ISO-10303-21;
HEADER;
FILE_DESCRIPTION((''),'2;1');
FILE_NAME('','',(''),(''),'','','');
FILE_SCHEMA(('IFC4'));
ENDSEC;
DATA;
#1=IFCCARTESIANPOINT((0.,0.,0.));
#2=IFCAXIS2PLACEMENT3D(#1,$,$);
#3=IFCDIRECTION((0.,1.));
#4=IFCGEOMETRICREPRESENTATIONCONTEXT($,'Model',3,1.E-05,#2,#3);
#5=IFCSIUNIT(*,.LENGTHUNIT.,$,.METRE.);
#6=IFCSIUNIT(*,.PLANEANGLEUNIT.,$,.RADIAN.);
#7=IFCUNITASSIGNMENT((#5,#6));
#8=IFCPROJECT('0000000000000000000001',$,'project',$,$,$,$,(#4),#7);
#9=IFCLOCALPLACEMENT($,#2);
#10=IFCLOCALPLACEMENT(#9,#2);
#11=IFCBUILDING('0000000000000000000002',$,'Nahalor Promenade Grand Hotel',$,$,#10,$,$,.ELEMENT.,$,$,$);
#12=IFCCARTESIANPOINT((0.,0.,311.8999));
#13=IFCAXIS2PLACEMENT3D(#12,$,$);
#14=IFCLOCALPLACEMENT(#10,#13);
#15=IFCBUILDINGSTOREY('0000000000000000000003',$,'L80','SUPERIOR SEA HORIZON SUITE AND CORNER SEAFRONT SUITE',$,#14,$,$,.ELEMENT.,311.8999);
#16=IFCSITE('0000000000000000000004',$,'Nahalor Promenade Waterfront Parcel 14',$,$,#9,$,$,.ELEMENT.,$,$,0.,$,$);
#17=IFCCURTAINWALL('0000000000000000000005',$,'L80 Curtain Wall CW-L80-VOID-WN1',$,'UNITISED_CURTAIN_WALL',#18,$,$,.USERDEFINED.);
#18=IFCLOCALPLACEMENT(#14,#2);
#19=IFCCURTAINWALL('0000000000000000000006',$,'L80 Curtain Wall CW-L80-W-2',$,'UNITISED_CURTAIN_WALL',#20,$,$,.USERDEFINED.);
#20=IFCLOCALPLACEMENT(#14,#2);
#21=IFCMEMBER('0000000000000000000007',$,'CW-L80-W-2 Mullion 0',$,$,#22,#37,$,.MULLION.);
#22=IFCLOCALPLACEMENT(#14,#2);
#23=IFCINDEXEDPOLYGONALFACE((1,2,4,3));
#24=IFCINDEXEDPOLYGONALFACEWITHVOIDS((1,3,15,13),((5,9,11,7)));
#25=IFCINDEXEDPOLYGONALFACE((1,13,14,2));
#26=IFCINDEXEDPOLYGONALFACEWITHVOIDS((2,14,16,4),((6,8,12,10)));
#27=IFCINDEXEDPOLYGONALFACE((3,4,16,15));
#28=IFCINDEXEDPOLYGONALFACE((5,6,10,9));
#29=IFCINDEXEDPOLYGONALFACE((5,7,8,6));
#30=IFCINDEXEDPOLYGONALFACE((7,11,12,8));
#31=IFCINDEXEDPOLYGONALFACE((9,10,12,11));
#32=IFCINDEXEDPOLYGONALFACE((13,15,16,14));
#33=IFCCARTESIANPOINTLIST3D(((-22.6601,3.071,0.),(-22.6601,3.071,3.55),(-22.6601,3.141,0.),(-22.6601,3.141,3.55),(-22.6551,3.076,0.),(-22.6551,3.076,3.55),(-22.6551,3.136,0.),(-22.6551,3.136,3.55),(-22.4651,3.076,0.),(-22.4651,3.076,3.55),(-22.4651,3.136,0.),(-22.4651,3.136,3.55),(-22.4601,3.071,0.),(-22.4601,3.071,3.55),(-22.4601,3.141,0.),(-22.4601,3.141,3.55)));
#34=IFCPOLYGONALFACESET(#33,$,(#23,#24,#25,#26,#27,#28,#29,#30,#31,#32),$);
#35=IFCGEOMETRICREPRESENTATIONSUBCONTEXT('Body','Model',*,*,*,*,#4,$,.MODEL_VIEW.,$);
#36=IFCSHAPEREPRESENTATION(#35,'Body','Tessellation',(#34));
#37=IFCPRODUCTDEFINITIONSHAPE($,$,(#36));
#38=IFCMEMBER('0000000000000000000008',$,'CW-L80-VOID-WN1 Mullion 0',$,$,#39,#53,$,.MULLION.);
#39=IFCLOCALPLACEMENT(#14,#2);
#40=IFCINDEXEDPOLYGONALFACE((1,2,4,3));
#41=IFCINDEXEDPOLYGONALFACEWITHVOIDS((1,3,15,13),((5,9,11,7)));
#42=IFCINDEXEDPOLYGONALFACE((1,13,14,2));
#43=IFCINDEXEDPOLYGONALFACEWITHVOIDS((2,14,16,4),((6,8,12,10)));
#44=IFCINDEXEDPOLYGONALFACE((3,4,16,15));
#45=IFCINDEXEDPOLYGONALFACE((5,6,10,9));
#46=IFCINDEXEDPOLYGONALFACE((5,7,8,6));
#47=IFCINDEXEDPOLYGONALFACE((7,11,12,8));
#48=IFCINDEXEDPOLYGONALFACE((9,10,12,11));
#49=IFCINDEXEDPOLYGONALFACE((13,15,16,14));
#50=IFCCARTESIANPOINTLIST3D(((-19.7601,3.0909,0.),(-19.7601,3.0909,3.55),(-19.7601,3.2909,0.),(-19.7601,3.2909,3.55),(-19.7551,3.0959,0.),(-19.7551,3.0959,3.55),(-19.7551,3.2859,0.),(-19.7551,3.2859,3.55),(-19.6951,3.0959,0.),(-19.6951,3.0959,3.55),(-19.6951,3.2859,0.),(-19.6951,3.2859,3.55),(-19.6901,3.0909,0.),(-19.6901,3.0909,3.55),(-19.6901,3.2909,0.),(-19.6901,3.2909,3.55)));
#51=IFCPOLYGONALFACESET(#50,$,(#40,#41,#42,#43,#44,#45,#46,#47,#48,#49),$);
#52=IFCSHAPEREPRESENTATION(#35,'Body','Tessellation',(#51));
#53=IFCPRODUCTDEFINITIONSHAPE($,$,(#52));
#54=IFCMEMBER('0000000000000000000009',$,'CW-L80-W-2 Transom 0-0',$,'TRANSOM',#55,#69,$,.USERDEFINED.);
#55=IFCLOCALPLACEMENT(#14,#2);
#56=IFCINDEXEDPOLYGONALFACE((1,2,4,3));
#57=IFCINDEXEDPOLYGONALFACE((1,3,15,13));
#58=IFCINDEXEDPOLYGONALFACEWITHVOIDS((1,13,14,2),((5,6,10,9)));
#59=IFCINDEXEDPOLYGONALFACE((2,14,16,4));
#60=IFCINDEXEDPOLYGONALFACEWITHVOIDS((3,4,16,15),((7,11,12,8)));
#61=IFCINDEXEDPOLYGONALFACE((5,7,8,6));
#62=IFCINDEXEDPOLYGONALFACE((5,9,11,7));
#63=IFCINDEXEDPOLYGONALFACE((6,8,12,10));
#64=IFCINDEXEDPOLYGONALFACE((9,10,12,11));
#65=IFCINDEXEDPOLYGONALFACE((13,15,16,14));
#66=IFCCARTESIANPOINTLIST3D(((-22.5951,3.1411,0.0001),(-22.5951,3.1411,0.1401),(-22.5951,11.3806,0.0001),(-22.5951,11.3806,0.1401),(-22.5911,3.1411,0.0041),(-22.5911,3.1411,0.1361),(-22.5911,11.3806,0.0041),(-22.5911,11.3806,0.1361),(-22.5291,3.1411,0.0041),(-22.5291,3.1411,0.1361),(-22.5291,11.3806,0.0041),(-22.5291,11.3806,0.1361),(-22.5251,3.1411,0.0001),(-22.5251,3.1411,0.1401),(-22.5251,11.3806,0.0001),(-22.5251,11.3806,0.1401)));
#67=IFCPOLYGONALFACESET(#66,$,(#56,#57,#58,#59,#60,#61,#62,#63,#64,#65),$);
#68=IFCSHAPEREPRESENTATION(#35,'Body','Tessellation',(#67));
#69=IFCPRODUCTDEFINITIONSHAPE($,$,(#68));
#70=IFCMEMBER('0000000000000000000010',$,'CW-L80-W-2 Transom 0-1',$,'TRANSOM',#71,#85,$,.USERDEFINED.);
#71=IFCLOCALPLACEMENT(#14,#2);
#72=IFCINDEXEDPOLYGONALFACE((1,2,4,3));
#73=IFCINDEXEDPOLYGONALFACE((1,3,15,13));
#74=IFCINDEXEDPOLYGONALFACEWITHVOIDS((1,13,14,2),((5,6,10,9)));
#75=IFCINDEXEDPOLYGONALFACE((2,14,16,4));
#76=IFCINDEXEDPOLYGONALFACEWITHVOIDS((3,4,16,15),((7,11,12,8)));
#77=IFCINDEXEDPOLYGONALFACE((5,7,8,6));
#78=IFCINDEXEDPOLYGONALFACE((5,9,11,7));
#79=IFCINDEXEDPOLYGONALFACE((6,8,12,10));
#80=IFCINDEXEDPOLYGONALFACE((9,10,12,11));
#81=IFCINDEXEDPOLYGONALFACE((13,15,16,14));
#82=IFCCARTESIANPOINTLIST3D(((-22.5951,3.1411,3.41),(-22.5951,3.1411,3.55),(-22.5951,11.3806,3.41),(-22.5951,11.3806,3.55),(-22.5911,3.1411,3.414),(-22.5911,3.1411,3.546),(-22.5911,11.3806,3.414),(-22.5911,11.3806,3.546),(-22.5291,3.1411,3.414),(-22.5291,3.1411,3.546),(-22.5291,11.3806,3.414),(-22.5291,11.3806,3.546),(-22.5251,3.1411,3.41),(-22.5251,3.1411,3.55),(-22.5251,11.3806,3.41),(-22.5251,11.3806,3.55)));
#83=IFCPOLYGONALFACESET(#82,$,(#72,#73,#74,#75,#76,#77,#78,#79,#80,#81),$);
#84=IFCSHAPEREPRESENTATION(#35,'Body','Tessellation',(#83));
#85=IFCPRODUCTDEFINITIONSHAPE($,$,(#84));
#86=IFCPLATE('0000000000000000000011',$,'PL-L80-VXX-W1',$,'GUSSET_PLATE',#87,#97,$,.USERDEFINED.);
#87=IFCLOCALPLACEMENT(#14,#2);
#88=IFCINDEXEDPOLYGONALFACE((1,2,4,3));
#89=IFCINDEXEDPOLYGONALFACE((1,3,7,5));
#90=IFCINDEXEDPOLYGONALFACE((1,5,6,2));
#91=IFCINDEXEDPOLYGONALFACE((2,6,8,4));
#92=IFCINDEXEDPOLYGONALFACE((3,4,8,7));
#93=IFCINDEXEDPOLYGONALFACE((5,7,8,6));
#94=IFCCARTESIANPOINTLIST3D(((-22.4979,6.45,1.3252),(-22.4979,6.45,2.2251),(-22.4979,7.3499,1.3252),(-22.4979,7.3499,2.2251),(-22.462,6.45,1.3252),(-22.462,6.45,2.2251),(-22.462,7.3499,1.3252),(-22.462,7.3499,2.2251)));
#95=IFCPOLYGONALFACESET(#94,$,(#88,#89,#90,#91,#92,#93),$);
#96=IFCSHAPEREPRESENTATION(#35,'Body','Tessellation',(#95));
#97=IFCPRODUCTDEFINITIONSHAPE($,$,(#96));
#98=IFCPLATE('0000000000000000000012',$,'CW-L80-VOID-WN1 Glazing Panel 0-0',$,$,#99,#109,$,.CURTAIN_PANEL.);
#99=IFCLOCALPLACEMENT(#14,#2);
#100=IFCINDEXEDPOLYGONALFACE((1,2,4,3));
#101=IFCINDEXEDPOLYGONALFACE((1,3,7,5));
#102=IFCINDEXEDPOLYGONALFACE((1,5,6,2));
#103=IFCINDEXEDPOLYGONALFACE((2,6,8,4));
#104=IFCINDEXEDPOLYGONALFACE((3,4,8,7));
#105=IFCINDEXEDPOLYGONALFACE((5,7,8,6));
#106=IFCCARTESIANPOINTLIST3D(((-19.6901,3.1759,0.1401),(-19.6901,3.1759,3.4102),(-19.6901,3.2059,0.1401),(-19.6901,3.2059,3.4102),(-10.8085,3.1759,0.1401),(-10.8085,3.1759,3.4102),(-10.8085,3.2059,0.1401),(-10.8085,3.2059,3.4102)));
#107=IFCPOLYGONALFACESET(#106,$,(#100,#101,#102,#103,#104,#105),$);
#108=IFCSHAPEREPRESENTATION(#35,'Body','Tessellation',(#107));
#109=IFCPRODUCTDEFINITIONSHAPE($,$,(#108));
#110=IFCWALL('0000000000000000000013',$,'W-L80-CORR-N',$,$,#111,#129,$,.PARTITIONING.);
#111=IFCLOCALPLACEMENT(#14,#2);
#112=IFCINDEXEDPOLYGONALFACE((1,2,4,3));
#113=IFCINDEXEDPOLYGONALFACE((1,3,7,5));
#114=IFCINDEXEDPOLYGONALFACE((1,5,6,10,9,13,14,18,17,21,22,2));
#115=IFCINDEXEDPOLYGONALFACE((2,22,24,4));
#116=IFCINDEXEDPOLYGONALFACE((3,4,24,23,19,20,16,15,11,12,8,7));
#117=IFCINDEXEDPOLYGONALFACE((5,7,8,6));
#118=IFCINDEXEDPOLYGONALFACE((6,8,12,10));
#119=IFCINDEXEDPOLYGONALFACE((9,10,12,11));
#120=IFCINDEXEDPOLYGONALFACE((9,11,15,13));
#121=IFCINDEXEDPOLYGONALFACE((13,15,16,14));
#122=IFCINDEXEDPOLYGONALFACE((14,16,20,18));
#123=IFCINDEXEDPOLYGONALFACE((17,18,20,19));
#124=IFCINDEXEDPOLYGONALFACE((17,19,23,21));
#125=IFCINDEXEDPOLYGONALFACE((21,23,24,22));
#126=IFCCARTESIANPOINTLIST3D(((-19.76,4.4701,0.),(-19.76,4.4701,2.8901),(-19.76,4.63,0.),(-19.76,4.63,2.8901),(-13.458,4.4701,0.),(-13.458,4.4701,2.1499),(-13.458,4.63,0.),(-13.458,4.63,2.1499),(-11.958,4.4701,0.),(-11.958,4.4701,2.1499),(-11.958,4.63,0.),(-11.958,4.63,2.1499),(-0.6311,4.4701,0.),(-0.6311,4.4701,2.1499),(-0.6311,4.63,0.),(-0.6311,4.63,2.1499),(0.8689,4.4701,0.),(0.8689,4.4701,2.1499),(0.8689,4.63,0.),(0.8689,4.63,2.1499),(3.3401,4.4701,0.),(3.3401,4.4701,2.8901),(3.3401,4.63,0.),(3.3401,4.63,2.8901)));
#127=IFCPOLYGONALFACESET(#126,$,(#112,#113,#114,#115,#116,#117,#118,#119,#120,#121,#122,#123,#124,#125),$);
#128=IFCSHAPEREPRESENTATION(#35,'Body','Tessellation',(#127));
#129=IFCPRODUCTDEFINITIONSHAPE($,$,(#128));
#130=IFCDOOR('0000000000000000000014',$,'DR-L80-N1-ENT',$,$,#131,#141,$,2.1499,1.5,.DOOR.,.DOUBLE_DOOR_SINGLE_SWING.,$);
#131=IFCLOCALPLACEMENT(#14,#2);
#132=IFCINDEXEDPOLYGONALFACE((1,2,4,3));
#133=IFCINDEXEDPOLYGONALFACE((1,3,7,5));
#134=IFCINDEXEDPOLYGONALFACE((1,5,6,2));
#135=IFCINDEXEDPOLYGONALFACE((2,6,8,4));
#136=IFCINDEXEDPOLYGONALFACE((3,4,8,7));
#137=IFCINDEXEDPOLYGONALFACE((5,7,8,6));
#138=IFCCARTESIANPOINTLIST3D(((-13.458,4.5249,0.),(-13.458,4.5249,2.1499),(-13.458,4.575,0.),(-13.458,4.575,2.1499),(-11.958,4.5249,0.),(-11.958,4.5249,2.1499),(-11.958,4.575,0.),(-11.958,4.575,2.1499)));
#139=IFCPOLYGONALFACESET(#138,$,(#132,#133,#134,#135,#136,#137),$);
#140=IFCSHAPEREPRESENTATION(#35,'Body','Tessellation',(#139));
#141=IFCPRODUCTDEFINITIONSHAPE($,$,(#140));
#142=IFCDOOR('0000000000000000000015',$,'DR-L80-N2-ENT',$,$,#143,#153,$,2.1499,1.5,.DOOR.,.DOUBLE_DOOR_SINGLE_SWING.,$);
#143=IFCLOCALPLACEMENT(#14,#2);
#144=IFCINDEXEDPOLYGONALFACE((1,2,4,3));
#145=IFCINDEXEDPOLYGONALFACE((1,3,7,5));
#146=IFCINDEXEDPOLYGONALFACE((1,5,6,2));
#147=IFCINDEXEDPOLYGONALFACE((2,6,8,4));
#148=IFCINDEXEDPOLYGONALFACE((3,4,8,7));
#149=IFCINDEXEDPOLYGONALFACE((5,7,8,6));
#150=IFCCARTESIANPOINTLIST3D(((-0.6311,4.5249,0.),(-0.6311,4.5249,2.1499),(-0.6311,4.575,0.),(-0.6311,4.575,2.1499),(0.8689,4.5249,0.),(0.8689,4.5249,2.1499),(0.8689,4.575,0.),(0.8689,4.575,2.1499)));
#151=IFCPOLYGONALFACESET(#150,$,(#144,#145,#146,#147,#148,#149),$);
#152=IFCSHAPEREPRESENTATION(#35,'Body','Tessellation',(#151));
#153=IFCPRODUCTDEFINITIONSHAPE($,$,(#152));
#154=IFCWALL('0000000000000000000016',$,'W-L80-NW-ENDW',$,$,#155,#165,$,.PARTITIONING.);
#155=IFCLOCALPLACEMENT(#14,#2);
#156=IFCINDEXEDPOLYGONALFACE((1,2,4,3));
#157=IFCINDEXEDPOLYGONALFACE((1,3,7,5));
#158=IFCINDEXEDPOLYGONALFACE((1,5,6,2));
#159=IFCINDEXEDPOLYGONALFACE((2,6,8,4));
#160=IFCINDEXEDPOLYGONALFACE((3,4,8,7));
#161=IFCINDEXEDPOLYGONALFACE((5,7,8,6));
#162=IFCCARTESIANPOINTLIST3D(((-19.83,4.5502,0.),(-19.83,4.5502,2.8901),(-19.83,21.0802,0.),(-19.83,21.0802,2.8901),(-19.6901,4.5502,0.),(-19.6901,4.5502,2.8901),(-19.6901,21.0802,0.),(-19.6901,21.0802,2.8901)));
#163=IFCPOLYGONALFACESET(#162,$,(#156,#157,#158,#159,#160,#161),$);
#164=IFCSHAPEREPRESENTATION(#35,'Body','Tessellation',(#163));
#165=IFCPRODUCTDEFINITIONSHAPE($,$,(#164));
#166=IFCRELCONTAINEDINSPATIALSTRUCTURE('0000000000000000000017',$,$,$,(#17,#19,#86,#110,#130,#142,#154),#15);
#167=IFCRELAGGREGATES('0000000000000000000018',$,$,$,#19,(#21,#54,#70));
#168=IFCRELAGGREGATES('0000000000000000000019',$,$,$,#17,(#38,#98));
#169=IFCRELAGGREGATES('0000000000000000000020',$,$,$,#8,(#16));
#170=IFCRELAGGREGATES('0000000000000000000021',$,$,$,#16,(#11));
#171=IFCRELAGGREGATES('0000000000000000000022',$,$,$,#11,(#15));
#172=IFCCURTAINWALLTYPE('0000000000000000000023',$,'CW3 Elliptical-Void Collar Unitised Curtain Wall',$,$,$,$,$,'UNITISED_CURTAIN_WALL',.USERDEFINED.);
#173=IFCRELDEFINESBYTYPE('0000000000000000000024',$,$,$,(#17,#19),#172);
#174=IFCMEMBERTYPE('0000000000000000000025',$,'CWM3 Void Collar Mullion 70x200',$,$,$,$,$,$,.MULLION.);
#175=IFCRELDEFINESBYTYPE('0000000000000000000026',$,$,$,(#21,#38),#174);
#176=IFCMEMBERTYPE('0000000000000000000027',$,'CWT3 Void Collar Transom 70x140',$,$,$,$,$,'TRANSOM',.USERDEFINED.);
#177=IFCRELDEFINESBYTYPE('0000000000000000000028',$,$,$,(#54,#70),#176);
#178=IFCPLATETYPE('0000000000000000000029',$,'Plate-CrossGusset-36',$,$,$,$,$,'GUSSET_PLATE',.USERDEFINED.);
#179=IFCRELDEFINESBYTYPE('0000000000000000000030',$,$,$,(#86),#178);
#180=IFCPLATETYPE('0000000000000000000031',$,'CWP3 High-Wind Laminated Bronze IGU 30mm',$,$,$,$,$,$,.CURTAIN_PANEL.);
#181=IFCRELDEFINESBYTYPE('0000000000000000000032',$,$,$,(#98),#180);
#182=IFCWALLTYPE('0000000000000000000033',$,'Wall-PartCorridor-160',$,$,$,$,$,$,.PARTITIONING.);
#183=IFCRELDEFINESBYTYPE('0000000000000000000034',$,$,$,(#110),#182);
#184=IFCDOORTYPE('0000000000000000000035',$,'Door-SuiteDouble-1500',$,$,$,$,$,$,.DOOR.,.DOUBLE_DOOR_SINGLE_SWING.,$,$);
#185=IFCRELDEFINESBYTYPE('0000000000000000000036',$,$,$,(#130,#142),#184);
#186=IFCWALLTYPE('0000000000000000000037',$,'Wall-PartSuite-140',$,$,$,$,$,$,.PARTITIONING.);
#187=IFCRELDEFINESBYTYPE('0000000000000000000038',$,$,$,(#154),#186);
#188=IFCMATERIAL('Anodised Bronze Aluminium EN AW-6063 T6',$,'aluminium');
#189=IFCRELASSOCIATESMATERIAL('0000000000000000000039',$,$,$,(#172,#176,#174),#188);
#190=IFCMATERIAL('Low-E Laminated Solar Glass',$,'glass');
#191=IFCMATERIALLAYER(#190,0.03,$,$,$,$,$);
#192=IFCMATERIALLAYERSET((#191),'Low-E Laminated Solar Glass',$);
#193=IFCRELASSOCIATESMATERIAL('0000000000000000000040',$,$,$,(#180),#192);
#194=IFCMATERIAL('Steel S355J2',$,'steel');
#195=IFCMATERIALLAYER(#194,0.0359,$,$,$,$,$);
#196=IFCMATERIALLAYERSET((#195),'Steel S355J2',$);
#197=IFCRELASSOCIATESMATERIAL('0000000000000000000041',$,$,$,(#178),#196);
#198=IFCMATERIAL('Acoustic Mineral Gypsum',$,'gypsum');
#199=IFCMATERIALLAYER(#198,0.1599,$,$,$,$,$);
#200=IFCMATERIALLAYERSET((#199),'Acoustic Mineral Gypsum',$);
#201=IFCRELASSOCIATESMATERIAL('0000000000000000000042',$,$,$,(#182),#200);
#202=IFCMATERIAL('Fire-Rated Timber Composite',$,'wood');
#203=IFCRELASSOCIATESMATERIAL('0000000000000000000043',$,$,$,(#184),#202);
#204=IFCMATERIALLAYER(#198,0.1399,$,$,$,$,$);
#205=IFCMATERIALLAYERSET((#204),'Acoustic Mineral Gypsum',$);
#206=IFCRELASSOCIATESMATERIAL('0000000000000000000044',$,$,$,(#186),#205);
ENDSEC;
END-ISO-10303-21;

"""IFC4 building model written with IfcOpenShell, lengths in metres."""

from ifc_helpers import new_model, si_unit, direction, frame, frame_2d, origin, origin_2d, place, context, subcontext, project, spatial, rectangle, hollow_rectangle, extrude, source, transform, mapped, material, layer, layer_set, material_profile, profile_set, type_object, element, fill, aggregate, save


model = new_model("IFC4")

# Units and contexts
model_context = context("Model", 3, precision=1e-05, world=origin(), true_north=direction((0.0, 1.0)))
body_context = subcontext(model_context, "Body", "Model", "MODEL_VIEW")
ifc_project = project(units=[si_unit("LENGTHUNIT", "METRE"), si_unit("PLANEANGLEUNIT", "RADIAN")], contexts=[model_context])

# Site, building, storey
site_placement = place(None, origin())
site = spatial("IfcSite", under=ifc_project, at=site_placement, Name="Nahalor Promenade Waterfront Parcel 14", CompositionType="ELEMENT", RefElevation=0.0)
building_placement = place(site_placement, origin())
building = spatial("IfcBuilding", under=site, at=building_placement, Name="Nahalor Promenade Grand Hotel", CompositionType="ELEMENT")
storey_placement = place(building_placement, frame((0.0, 0.0, 311.8999)))
storey = spatial("IfcBuildingStorey", under=building, at=storey_placement, Name="L80", Description="SUPERIOR SEA HORIZON SUITE AND CORNER SEAFRONT SUITE", CompositionType="ELEMENT", Elevation=311.8999)

# Curtain wall
ifc_material_1 = material(Name="Anodised Bronze Aluminium EN AW-6063 T6", Category="aluminium")
curtain_wall_type = type_object("IfcCurtainWallType", Name="CW3 Elliptical-Void Collar Unitised Curtain Wall", ElementType="UNITISED_CURTAIN_WALL", PredefinedType="USERDEFINED", material=ifc_material_1)
curtain_wall_1_placement = place(storey_placement, origin())
curtain_wall_1 = element("IfcCurtainWall", 1, at=curtain_wall_1_placement, inside=storey, type_object=curtain_wall_type, Name="L80 Curtain Wall CW-L80-VOID-WN1", ObjectType="UNITISED_CURTAIN_WALL", PredefinedType="USERDEFINED")
ifc_material_profile_1 = material_profile(ifc_material_1, hollow_rectangle(XDim=0.07, YDim=0.14, WallThickness=0.004, at=origin_2d()), Name="CWT 70x140x4")
ifc_profile_set_1 = profile_set([ifc_material_profile_1], Name="Anodised Bronze Aluminium EN AW-6063 T6")
member_type_1 = type_object("IfcMemberType", Name="CWT3 Void Collar Transom 70x140", ElementType="TRANSOM", PredefinedType="USERDEFINED", material=ifc_profile_set_1)

# Curtain wall, member
ifc_material_profile_2 = material_profile(ifc_material_1, hollow_rectangle(XDim=0.07, YDim=0.2, WallThickness=0.005, at=origin_2d()), Name="CWM 70x200x5")
ifc_profile_set_2 = profile_set([ifc_material_profile_2], Name="Anodised Bronze Aluminium EN AW-6063 T6")
member_type_2 = type_object("IfcMemberType", Name="CWM3 Void Collar Mullion 70x200", PredefinedType="MULLION", material=ifc_profile_set_2)
shared_shape_1 = source(origin(), body_context, "Body", "SweptSolid", [
    extrude(hollow_rectangle(XDim=0.07, YDim=0.2, WallThickness=0.005, at=origin_2d()), origin(), (0.0, 0.0, 1.0), 3.55),
])
curtain_wall_2_placement = place(storey_placement, origin())
curtain_wall_2 = element("IfcCurtainWall", 2, at=curtain_wall_2_placement, inside=storey, type_object=curtain_wall_type, Name="L80 Curtain Wall CW-L80-W-2", ObjectType="UNITISED_CURTAIN_WALL", PredefinedType="USERDEFINED")
member_1_placement = place(storey_placement, frame((-22.5601, 3.106, 0.0), z_axis=(0.0, 0.0, 1.0), x_axis=(0.0, 1.0, 0.0)))
member_1 = element("IfcMember", 3, at=member_1_placement, type_object=member_type_2, Name="CW-L80-W-2 Mullion 0", PredefinedType="MULLION", context=body_context, shape_type="MappedRepresentation", body=[
    mapped(shared_shape_1, transform((0.0, 0.0, 0.0), scale=1.0)),
])

# Members
member_2_placement = place(storey_placement, frame((-19.7251, 3.1909, 0.0), z_axis=(0.0, 0.0, 1.0), x_axis=(1.0, 0.0, 0.0)))
member_2 = element("IfcMember", 4, at=member_2_placement, type_object=member_type_2, Name="CW-L80-VOID-WN1 Mullion 0", PredefinedType="MULLION", context=body_context, shape_type="MappedRepresentation", body=[
    mapped(shared_shape_1, transform((0.0, 0.0, 0.0), scale=1.0)),
])
shared_shape_2 = source(origin(), body_context, "Body", "SweptSolid", [
    extrude(hollow_rectangle(XDim=0.07, YDim=0.14, WallThickness=0.004, at=origin_2d()), origin(), (0.0, 0.0, 1.0), 8.2395),
])
member_3_placement = place(storey_placement, frame((-22.5601, 3.1411, 0.0701), z_axis=(0.0, 1.0, 0.0), x_axis=(-1.0, 0.0, 0.0)))
member_3 = element("IfcMember", 5, at=member_3_placement, type_object=member_type_1, Name="CW-L80-W-2 Transom 0-0", ObjectType="TRANSOM", PredefinedType="USERDEFINED", context=body_context, shape_type="MappedRepresentation", body=[
    mapped(shared_shape_2, transform((0.0, 0.0, 0.0), scale=1.0)),
])
member_4_placement = place(storey_placement, frame((-22.5601, 3.1411, 3.48), z_axis=(0.0, 1.0, 0.0), x_axis=(-1.0, 0.0, 0.0)))
member_4 = element("IfcMember", 6, at=member_4_placement, type_object=member_type_1, Name="CW-L80-W-2 Transom 0-1", ObjectType="TRANSOM", PredefinedType="USERDEFINED", context=body_context, shape_type="MappedRepresentation", body=[
    mapped(shared_shape_2, transform((0.0, 0.0, 0.0), scale=1.0)),
])

# Plates
ifc_material_2 = material(Name="Low-E Laminated Solar Glass", Category="glass")
ifc_layer_1 = layer(ifc_material_2, 0.03)
ifc_layer_set_1 = layer_set([ifc_layer_1], Name="Low-E Laminated Solar Glass")
plate_type_1 = type_object("IfcPlateType", Name="CWP3 High-Wind Laminated Bronze IGU 30mm", PredefinedType="CURTAIN_PANEL", material=ifc_layer_set_1)
aggregate(curtain_wall_2, [member_1, member_3, member_4])
ifc_material_3 = material(Name="Steel S355J2", Category="steel")
ifc_layer_2 = layer(ifc_material_3, 0.0359)
ifc_layer_set_2 = layer_set([ifc_layer_2], Name="Steel S355J2")
plate_type_2 = type_object("IfcPlateType", Name="Plate-CrossGusset-36", ElementType="GUSSET_PLATE", PredefinedType="USERDEFINED", material=ifc_layer_set_2)
shared_shape_3 = source(origin(), body_context, "Body", "SweptSolid", [
    extrude(rectangle(XDim=0.8999, YDim=0.0359, at=origin_2d()), origin(), (0.0, 0.0, 1.0), 0.8999),
])
plate_1_placement = place(storey_placement, frame((-22.48, 6.8999, 1.3252), z_axis=(0.0, 0.0, 1.0), x_axis=(0.0, 1.0, 0.0)))
element("IfcPlate", 7, at=plate_1_placement, inside=storey, type_object=plate_type_2, Name="PL-L80-VXX-W1", ObjectType="GUSSET_PLATE", PredefinedType="USERDEFINED", context=body_context, shape_type="MappedRepresentation", body=[
    mapped(shared_shape_3, transform((0.0, 0.0, 0.0), scale=1.0)),
])
shared_shape_4 = source(origin(), body_context, "Body", "SweptSolid", [
    extrude(rectangle(XDim=8.8816, YDim=0.03, at=origin_2d()), origin(), (0.0, 0.0, 1.0), 3.27),
])
plate_2_placement = place(storey_placement, frame((-15.2493, 3.1909, 0.1401), z_axis=(0.0, 0.0, 1.0), x_axis=(1.0, 0.0, 0.0)))
plate_2 = element("IfcPlate", 8, at=plate_2_placement, type_object=plate_type_1, Name="CW-L80-VOID-WN1 Glazing Panel 0-0", PredefinedType="CURTAIN_PANEL", context=body_context, shape_type="MappedRepresentation", body=[
    mapped(shared_shape_4, transform((0.0, 0.0, 0.0), scale=1.0)),
])
aggregate(curtain_wall_1, [member_2, plate_2])

# Wall, openings, doors
ifc_material_4 = material(Name="Acoustic Mineral Gypsum", Category="gypsum")
ifc_layer_3 = layer(ifc_material_4, 0.1599)
ifc_layer_set_3 = layer_set([ifc_layer_3], Name="Acoustic Mineral Gypsum")
wall_type_1 = type_object("IfcWallType", Name="Wall-PartCorridor-160", PredefinedType="PARTITIONING", material=ifc_layer_set_3)
shared_shape_5 = source(origin(), body_context, "Body", "SweptSolid", [
    extrude(rectangle(XDim=23.1001, YDim=0.1599, at=frame_2d((11.55, 0.0))), origin(), (0.0, 0.0, 1.0), 2.8901),
])
wall_1_placement = place(storey_placement, frame((-19.76, 4.55, 0.0), z_axis=(0.0, 0.0, 1.0), x_axis=(1.0, 0.0, 0.0)))
wall_1 = element("IfcWall", 9, at=wall_1_placement, inside=storey, type_object=wall_type_1, Name="W-L80-CORR-N", PredefinedType="PARTITIONING", context=body_context, shape_type="MappedRepresentation", body=[
    mapped(shared_shape_5, transform((0.0, 0.0, 0.0), scale=1.0)),
])
opening_1_placement = place(wall_1_placement, frame((6.302, 0.0, 0.0)))
opening_1 = element("IfcOpeningElement", 10, at=opening_1_placement, cuts=wall_1, PredefinedType="OPENING", context=body_context, shape_type="SweptSolid", body=[
    extrude(rectangle(XDim=1.5, YDim=2.1499, at=frame_2d((0.75, 1.075))), frame((0.0, 0.0898, 0.0), z_axis=(0.0, -1.0, 0.0), x_axis=(1.0, 0.0, 0.0)), (0.0, 0.0, 1.0), 0.1799),
])
opening_2_placement = place(wall_1_placement, frame((19.1289, 0.0, 0.0)))
opening_2 = element("IfcOpeningElement", 11, at=opening_2_placement, cuts=wall_1, PredefinedType="OPENING", context=body_context, shape_type="SweptSolid", body=[
    extrude(rectangle(XDim=1.5, YDim=2.1499, at=frame_2d((0.75, 1.075))), frame((0.0, 0.0898, 0.0), z_axis=(0.0, -1.0, 0.0), x_axis=(1.0, 0.0, 0.0)), (0.0, 0.0, 1.0), 0.1799),
])
ifc_material_5 = material(Name="Fire-Rated Timber Composite", Category="wood")
door_type = type_object("IfcDoorType", Name="Door-SuiteDouble-1500", OperationType="DOUBLE_DOOR_SINGLE_SWING", PredefinedType="DOOR", material=ifc_material_5)
shared_shape_6 = source(origin(), body_context, "Body", "SweptSolid", [
    extrude(rectangle(XDim=1.5, YDim=2.1499, at=frame_2d((0.75, 1.075))), frame((0.0, 0.0249, 0.0), z_axis=(0.0, -1.0, 0.0), x_axis=(1.0, 0.0, 0.0)), (0.0, 0.0, 1.0), 0.05),
])
door_1_placement = place(opening_1_placement, origin())
door_1 = element("IfcDoor", 12, at=door_1_placement, inside=storey, type_object=door_type, Name="DR-L80-N1-ENT", OperationType="DOUBLE_DOOR_SINGLE_SWING", OverallHeight=2.1499, OverallWidth=1.5, PredefinedType="DOOR", context=body_context, shape_type="MappedRepresentation", body=[
    mapped(shared_shape_6, transform((0.0, 0.0, 0.0), scale=1.0)),
])
fill(opening_1, door_1)
door_2_placement = place(opening_2_placement, origin())
door_2 = element("IfcDoor", 13, at=door_2_placement, inside=storey, type_object=door_type, Name="DR-L80-N2-ENT", OperationType="DOUBLE_DOOR_SINGLE_SWING", OverallHeight=2.1499, OverallWidth=1.5, PredefinedType="DOOR", context=body_context, shape_type="MappedRepresentation", body=[
    mapped(shared_shape_6, transform((0.0, 0.0, 0.0), scale=1.0)),
])
fill(opening_2, door_2)

# Wall
ifc_layer_4 = layer(ifc_material_4, 0.1399)
ifc_layer_set_4 = layer_set([ifc_layer_4], Name="Acoustic Mineral Gypsum")
wall_type_2 = type_object("IfcWallType", Name="Wall-PartSuite-140", PredefinedType="PARTITIONING", material=ifc_layer_set_4)
shared_shape_7 = source(origin(), body_context, "Body", "SweptSolid", [
    extrude(rectangle(XDim=16.53, YDim=0.1399, at=frame_2d((8.2651, 0.0))), origin(), (0.0, 0.0, 1.0), 2.8901),
])
wall_2_placement = place(storey_placement, frame((-19.76, 4.55, 0.0), z_axis=(0.0, 0.0, 1.0), x_axis=(0.0, 1.0, 0.0)))
element("IfcWall", 14, at=wall_2_placement, inside=storey, type_object=wall_type_2, Name="W-L80-NW-ENDW", PredefinedType="PARTITIONING", context=body_context, shape_type="MappedRepresentation", body=[
    mapped(shared_shape_7, transform((0.0, 0.0, 0.0), scale=1.0)),
])

save(model, "model.ifc")
